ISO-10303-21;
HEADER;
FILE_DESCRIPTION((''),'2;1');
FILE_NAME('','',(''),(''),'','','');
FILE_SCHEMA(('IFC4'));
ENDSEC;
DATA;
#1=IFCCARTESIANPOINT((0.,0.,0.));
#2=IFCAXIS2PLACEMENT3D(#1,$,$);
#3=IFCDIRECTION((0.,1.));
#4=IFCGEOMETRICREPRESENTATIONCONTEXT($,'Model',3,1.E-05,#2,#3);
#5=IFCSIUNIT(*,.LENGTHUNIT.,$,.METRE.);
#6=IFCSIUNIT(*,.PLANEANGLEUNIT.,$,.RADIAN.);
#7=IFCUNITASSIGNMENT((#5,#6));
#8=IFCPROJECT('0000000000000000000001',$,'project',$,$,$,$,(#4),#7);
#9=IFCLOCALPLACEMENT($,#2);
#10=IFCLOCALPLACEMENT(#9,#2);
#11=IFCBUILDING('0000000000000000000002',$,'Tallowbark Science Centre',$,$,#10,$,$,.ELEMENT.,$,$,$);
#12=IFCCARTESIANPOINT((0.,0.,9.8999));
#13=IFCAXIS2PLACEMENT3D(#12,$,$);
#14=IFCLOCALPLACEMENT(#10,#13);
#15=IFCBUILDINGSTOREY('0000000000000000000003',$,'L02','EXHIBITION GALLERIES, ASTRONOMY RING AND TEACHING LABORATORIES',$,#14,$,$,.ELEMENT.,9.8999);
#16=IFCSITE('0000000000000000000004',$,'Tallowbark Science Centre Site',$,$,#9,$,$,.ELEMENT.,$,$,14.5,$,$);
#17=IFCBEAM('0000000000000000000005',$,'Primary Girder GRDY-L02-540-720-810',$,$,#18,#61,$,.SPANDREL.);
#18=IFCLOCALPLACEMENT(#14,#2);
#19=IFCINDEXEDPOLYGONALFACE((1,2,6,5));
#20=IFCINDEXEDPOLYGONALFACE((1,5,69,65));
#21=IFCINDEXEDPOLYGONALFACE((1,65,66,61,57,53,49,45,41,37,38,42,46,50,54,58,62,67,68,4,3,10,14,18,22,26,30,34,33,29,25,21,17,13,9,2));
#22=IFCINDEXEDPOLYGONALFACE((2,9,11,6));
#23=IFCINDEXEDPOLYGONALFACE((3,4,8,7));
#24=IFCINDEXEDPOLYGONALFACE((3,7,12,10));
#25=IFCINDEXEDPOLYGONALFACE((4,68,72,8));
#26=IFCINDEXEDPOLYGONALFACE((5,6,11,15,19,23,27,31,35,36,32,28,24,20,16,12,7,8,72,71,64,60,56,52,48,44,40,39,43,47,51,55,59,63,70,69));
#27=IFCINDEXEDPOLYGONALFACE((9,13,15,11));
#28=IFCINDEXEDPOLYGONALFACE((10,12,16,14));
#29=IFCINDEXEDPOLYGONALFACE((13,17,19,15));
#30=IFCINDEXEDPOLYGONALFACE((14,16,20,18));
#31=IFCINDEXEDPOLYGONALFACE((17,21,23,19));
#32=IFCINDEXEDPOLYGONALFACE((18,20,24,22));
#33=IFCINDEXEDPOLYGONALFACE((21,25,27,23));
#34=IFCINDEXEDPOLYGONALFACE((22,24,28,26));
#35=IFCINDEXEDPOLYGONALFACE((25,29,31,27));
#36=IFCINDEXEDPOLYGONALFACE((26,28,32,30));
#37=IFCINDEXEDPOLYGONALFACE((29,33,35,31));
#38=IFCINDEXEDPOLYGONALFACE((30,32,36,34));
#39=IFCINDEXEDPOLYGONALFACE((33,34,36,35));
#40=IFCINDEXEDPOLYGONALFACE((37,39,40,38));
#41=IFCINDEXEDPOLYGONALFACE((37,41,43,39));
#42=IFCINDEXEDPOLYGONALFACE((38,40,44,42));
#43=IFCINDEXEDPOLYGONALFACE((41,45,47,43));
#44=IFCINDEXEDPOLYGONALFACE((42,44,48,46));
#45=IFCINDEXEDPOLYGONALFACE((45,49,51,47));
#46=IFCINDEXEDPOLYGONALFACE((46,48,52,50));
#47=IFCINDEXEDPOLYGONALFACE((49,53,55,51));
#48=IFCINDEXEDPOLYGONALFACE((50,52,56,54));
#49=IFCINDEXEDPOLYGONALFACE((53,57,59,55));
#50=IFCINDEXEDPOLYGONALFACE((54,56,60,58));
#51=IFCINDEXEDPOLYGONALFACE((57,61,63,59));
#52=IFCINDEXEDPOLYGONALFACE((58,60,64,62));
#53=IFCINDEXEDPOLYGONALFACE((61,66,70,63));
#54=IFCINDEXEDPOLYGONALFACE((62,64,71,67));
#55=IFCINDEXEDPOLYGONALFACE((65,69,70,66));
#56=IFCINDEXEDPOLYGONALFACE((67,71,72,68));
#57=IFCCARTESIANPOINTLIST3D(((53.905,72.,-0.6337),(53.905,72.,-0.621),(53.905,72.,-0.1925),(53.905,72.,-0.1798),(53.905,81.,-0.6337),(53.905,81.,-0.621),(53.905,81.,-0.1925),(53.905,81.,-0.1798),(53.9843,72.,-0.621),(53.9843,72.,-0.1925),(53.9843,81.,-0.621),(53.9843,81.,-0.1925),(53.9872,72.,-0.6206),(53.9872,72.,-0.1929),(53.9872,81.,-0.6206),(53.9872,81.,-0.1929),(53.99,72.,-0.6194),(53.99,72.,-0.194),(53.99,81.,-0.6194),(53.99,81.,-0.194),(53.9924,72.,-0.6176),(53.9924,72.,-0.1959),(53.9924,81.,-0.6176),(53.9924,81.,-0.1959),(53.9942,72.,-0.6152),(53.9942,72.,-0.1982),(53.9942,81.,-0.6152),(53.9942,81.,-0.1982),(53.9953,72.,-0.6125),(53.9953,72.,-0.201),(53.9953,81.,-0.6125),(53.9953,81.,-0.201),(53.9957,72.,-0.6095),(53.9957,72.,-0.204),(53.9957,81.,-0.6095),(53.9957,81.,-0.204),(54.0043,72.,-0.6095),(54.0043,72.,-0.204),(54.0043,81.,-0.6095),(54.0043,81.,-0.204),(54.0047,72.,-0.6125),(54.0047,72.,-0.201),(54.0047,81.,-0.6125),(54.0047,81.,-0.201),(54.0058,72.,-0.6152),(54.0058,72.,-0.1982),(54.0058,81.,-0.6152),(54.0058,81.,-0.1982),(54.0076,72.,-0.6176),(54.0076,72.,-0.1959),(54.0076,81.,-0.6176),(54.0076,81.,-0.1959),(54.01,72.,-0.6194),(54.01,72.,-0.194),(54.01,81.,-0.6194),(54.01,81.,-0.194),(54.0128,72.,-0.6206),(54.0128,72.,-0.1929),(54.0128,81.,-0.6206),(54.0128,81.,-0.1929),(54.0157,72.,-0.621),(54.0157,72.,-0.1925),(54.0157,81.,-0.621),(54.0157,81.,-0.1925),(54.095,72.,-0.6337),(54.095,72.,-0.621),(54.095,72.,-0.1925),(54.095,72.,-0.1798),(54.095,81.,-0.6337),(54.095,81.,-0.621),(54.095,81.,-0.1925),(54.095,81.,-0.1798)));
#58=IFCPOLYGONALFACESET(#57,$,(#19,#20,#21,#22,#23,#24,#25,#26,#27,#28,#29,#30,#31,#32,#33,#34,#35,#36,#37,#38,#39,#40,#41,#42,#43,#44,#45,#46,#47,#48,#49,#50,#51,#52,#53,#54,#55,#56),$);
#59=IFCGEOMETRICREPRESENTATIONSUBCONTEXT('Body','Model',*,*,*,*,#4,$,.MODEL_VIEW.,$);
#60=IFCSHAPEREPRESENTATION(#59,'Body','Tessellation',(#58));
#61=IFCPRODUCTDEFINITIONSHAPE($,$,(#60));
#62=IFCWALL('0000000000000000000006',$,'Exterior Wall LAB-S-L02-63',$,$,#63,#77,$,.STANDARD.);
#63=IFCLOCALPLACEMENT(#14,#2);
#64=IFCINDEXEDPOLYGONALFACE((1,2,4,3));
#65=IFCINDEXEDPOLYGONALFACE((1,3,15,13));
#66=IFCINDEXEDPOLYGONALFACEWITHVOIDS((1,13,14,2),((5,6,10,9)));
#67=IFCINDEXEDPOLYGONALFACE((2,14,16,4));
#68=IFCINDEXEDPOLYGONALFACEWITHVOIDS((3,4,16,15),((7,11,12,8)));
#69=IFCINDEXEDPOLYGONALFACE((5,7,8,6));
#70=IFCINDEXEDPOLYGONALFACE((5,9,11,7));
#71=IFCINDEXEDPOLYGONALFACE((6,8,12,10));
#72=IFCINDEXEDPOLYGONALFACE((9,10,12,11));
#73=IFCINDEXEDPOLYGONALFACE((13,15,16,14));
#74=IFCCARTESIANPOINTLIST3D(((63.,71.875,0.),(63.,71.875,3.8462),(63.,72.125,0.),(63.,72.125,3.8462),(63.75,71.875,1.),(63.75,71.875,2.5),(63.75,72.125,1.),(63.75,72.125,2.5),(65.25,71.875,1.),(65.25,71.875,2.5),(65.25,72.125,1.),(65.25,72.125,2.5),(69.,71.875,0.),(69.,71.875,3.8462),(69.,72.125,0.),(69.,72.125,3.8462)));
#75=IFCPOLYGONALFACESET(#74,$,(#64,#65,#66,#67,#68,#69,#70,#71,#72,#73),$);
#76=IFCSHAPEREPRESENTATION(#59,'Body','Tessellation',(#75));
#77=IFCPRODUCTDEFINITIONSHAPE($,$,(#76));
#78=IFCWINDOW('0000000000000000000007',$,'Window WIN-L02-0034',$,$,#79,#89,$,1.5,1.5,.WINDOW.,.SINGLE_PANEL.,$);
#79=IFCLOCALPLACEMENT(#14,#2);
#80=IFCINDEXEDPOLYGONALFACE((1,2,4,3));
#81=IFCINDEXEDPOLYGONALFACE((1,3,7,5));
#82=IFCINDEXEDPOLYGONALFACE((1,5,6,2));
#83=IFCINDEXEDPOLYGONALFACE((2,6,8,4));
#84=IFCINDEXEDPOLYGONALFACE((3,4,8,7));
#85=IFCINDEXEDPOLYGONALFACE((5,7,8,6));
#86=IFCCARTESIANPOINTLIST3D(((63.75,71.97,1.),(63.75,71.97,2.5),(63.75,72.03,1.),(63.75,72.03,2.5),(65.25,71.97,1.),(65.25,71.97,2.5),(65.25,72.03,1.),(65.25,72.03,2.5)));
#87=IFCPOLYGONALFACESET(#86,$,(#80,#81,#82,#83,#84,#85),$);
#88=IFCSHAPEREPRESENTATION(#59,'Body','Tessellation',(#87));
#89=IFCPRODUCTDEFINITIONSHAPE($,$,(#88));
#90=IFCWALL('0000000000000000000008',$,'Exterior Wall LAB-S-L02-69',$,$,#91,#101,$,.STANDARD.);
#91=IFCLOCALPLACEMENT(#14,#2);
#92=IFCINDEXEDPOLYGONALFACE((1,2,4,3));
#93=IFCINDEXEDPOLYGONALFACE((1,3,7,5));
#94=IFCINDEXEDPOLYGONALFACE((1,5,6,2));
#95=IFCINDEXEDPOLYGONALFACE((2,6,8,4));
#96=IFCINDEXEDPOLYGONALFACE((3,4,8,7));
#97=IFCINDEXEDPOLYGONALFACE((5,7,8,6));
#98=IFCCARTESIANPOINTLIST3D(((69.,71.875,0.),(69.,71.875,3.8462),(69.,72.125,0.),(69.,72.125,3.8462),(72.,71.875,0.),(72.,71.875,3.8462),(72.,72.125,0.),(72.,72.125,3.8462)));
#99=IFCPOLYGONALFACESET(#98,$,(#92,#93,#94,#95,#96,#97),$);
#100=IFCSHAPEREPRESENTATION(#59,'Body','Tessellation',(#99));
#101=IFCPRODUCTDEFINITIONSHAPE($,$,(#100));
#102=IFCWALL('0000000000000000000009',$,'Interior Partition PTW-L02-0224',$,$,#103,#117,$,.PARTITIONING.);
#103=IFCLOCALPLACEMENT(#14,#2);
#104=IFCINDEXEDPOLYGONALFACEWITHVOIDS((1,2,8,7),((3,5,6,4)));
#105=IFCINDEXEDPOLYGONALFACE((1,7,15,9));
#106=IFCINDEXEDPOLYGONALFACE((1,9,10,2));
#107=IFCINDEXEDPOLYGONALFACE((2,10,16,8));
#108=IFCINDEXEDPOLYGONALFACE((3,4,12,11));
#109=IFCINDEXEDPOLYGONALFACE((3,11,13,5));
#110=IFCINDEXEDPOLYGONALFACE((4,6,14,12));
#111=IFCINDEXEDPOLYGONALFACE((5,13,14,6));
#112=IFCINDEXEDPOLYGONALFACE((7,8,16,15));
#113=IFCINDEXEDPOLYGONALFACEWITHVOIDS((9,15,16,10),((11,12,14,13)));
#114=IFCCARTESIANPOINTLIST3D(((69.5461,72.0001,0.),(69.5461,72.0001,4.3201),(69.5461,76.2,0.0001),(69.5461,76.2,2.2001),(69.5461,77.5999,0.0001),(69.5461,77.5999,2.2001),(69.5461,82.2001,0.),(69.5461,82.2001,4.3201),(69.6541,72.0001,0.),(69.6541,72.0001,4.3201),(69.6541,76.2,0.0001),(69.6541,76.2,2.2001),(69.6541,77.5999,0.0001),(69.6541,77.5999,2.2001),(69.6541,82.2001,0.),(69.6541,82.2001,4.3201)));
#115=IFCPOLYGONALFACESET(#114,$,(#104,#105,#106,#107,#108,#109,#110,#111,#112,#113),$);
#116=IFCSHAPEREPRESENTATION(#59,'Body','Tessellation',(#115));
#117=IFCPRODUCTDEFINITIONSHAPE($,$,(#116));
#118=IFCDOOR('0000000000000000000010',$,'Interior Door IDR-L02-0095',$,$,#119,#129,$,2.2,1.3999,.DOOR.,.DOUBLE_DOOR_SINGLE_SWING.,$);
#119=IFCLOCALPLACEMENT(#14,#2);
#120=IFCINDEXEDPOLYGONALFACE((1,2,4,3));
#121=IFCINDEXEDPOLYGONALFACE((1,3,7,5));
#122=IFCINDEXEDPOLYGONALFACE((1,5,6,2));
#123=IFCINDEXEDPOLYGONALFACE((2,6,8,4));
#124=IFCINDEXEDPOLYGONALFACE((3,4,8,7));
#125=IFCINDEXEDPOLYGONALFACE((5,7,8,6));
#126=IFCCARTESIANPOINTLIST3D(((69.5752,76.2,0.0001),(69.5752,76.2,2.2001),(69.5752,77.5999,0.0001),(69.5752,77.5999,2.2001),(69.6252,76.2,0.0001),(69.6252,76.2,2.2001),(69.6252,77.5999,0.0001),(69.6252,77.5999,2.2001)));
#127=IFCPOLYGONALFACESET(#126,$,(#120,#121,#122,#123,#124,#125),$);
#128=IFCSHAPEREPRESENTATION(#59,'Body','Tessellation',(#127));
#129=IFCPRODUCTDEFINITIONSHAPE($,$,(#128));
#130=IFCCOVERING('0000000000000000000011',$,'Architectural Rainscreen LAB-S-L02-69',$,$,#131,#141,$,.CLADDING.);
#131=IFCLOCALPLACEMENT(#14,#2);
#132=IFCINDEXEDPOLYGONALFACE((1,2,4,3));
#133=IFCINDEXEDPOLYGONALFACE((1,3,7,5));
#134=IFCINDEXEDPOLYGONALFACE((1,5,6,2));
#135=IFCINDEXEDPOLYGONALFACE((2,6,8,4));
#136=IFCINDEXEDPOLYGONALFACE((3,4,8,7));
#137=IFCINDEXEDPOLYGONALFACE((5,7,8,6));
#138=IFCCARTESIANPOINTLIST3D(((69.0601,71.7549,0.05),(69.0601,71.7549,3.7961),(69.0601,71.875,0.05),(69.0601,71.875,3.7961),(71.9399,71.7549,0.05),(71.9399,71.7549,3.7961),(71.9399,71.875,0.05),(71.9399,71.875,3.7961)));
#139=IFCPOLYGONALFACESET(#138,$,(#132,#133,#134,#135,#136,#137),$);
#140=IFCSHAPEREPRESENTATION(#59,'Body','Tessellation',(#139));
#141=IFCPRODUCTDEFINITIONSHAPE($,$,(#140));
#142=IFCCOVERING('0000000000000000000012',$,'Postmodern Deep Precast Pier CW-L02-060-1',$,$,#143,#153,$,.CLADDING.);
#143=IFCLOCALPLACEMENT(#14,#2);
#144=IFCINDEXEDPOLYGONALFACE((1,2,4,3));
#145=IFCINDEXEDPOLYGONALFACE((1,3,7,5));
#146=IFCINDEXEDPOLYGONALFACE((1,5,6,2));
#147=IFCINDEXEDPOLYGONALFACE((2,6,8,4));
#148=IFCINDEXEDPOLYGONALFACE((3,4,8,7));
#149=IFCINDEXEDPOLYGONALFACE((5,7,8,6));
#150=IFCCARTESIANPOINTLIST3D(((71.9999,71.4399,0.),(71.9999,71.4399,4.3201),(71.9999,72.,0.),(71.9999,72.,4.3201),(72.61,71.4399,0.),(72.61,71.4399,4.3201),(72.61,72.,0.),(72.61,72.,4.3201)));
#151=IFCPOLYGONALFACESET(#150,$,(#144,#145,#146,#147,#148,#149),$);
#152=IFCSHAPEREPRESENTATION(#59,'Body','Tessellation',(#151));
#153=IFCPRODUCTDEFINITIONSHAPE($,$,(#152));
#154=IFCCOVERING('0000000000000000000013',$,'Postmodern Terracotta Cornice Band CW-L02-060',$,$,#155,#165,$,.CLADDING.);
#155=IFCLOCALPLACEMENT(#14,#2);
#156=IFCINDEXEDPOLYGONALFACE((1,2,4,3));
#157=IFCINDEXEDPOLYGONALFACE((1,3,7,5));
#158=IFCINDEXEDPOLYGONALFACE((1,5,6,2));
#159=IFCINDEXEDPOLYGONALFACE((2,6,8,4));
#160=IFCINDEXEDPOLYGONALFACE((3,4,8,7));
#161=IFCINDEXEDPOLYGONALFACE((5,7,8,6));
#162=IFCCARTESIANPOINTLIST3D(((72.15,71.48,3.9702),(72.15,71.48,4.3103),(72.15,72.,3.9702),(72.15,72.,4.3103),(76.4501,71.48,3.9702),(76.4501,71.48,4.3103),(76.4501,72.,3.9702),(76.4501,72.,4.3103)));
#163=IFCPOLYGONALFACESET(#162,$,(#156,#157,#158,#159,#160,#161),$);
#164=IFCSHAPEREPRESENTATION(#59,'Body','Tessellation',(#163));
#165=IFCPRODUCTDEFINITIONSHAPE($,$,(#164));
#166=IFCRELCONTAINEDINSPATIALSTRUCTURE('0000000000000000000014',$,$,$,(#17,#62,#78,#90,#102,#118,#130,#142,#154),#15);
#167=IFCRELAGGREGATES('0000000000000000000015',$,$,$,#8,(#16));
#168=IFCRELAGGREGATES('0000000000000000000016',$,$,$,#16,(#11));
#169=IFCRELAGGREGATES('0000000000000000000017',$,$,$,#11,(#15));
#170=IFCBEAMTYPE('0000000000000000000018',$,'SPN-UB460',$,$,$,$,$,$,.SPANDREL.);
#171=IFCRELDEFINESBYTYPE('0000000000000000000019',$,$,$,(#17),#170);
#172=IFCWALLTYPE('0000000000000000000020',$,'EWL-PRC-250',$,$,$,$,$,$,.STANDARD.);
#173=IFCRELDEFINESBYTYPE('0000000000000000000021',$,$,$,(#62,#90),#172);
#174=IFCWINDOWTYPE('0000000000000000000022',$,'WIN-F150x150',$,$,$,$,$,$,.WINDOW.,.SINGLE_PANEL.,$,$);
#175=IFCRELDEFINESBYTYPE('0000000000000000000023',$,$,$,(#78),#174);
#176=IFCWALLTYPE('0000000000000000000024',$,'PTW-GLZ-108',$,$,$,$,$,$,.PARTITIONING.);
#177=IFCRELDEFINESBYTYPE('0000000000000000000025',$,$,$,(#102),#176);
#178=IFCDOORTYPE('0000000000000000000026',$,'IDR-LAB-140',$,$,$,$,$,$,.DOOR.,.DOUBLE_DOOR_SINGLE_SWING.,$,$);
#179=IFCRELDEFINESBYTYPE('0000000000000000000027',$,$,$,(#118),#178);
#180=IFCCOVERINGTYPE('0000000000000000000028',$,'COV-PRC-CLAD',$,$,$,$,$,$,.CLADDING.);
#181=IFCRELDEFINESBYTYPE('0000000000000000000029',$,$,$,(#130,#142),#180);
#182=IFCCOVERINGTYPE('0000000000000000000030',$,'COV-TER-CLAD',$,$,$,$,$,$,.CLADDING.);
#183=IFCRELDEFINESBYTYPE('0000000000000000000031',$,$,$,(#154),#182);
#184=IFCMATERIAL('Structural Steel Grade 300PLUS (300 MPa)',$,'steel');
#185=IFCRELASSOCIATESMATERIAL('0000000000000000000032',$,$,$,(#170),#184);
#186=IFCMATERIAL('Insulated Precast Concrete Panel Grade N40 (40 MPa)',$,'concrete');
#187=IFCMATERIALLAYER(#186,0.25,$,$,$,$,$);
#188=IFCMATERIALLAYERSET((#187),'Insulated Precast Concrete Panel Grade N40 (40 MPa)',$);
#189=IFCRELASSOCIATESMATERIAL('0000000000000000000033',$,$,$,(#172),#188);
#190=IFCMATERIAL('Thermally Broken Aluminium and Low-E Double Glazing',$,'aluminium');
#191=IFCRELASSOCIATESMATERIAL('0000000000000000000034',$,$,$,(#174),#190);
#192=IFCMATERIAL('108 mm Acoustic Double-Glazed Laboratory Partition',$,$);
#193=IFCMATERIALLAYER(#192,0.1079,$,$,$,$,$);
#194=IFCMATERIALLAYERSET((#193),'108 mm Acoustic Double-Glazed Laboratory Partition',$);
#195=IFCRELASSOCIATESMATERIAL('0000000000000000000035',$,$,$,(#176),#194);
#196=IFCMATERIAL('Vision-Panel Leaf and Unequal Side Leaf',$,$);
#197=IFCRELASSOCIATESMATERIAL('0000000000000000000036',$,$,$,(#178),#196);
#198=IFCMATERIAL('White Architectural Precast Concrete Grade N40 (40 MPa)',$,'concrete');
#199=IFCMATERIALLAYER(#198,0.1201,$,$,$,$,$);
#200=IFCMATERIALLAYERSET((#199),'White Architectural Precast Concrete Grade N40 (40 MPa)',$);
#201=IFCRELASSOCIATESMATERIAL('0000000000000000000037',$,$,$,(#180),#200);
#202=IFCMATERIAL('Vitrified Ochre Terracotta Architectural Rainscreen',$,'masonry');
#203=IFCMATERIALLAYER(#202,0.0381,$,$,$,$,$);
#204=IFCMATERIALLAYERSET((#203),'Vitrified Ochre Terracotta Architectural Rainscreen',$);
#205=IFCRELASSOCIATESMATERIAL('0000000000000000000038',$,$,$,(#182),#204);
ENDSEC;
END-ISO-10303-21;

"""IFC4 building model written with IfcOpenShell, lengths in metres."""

from ifc_helpers import new_model, si_unit, direction, frame, frame_2d, origin, origin_2d, place, context, subcontext, project, spatial, rectangle, i_section, extrude, material, layer, layer_set, material_profile, profile_set, type_object, element, fill, save


model = new_model("IFC4")

# Units and contexts
model_context = context("Model", 3, precision=1e-05, world=origin(), true_north=direction((0.0, 1.0)))
body_context = subcontext(model_context, "Body", "Model", "MODEL_VIEW")
ifc_project = project(units=[si_unit("LENGTHUNIT", "METRE"), si_unit("PLANEANGLEUNIT", "RADIAN")], contexts=[model_context])

# Site, building, storey
site_placement = place(None, origin())
site = spatial("IfcSite", under=ifc_project, at=site_placement, Name="Tallowbark Science Centre Site", CompositionType="ELEMENT", RefElevation=14.5)
building_placement = place(site_placement, origin())
building = spatial("IfcBuilding", under=site, at=building_placement, Name="Tallowbark Science Centre", CompositionType="ELEMENT")
storey_placement = place(building_placement, frame((0.0, 0.0, 9.8999)))
storey = spatial("IfcBuildingStorey", under=building, at=storey_placement, Name="L02", Description="EXHIBITION GALLERIES, ASTRONOMY RING AND TEACHING LABORATORIES", CompositionType="ELEMENT", Elevation=9.8999)

# Shared definitions
ifc_material_1 = material(Name="Structural Steel Grade 300PLUS (300 MPa)", Category="steel")

# Beam
ifc_material_profile_1 = material_profile(ifc_material_1, i_section(OverallWidth=0.1899, OverallDepth=0.4539, WebThickness=0.0085, FlangeThickness=0.0127, FilletRadius=0.0115, at=origin_2d()), Name="460UB67.1")
ifc_profile_set_1 = profile_set([ifc_material_profile_1], Name="Structural Steel Grade 300PLUS (300 MPa)")
beam_type_1 = type_object("IfcBeamType", Name="SPN-UB460", PredefinedType="SPANDREL", material=ifc_profile_set_1)
for number, where, z_axis, x_axis, name in (
    (1, (54.0, 72.0, -0.4067), (0.0, 1.0, 0.0), (-1.0, 0.0, 0.0), "Primary Girder GRDY-L02-540-720-810"),
):
    element("IfcBeam", number, at=place(storey_placement, frame(where, z_axis=z_axis, x_axis=x_axis)), inside=storey, type_object=beam_type_1, Name=name, PredefinedType="SPANDREL", context=body_context, shape_type="SweptSolid", body=[
        extrude(i_section(OverallWidth=0.1899, OverallDepth=0.4539, WebThickness=0.0085, FlangeThickness=0.0127, FilletRadius=0.0115, at=origin_2d()), origin(), (0.0, 0.0, 1.0), 9.0),
    ])

# Wall, opening, window
ifc_material_2 = material(Name="Insulated Precast Concrete Panel Grade N40 (40 MPa)", Category="concrete")
ifc_layer_1 = layer(ifc_material_2, 0.25)
ifc_layer_set_1 = layer_set([ifc_layer_1], Name="Insulated Precast Concrete Panel Grade N40 (40 MPa)")
wall_type_1 = type_object("IfcWallType", Name="EWL-PRC-250", PredefinedType="STANDARD", material=ifc_layer_set_1)
wall_1_placement = place(storey_placement, frame((63.0, 72.0, 0.0), z_axis=(0.0, 0.0, 1.0), x_axis=(1.0, 0.0, 0.0)))
wall_1 = element("IfcWall", 2, at=wall_1_placement, inside=storey, type_object=wall_type_1, Name="Exterior Wall LAB-S-L02-63", PredefinedType="STANDARD", context=body_context, shape_type="SweptSolid", body=[
    extrude(rectangle(XDim=6.0, YDim=0.25, at=frame_2d((3.0, 0.0))), origin(), (0.0, 0.0, 1.0), 3.8462),
])
opening_1_placement = place(wall_1_placement, frame((0.75, 0.0, 1.0)))
opening_1 = element("IfcOpeningElement", 3, at=opening_1_placement, cuts=wall_1, PredefinedType="OPENING", context=body_context, shape_type="SweptSolid", body=[
    extrude(rectangle(XDim=1.5, YDim=1.5, at=frame_2d((0.75, 0.75))), frame((0.0, 0.135, 0.0), z_axis=(0.0, -1.0, 0.0), x_axis=(1.0, 0.0, 0.0)), (0.0, 0.0, 1.0), 0.27),
])
ifc_material_3 = material(Name="Thermally Broken Aluminium and Low-E Double Glazing", Category="aluminium")
window_type = type_object("IfcWindowType", Name="WIN-F150x150", PartitioningType="SINGLE_PANEL", PredefinedType="WINDOW", material=ifc_material_3)
window_placement = place(opening_1_placement, origin())
window = element("IfcWindow", 4, at=window_placement, inside=storey, type_object=window_type, Name="Window WIN-L02-0034", OverallHeight=1.5, OverallWidth=1.5, PartitioningType="SINGLE_PANEL", PredefinedType="WINDOW", context=body_context, shape_type="SweptSolid", body=[
    extrude(rectangle(XDim=1.5, YDim=1.5, at=frame_2d((0.75, 0.75))), frame((0.0, 0.03, 0.0), z_axis=(0.0, -1.0, 0.0), x_axis=(1.0, 0.0, 0.0)), (0.0, 0.0, 1.0), 0.0601),
])
fill(opening_1, window)

# Wall
wall_2_placement = place(storey_placement, frame((69.0, 72.0, 0.0), z_axis=(0.0, 0.0, 1.0), x_axis=(1.0, 0.0, 0.0)))
element("IfcWall", 5, at=wall_2_placement, inside=storey, type_object=wall_type_1, Name="Exterior Wall LAB-S-L02-69", PredefinedType="STANDARD", context=body_context, shape_type="SweptSolid", body=[
    extrude(rectangle(XDim=3.0, YDim=0.25, at=frame_2d((1.5, 0.0))), origin(), (0.0, 0.0, 1.0), 3.8462),
])

# Wall, opening, door
ifc_material_4 = material(Name="108 mm Acoustic Double-Glazed Laboratory Partition")
ifc_layer_2 = layer(ifc_material_4, 0.1079)
ifc_layer_set_2 = layer_set([ifc_layer_2], Name="108 mm Acoustic Double-Glazed Laboratory Partition")
wall_type_2 = type_object("IfcWallType", Name="PTW-GLZ-108", PredefinedType="PARTITIONING", material=ifc_layer_set_2)
wall_3_placement = place(storey_placement, frame((69.6001, 72.0, 0.0), z_axis=(0.0, 0.0, 1.0), x_axis=(0.0, 1.0, 0.0)))
wall_3 = element("IfcWall", 6, at=wall_3_placement, inside=storey, type_object=wall_type_2, Name="Interior Partition PTW-L02-0224", PredefinedType="PARTITIONING", context=body_context, shape_type="SweptSolid", body=[
    extrude(rectangle(XDim=10.2, YDim=0.1079, at=frame_2d((5.1001, 0.0))), origin(), (0.0, 0.0, 1.0), 4.3201),
])
opening_2_placement = place(wall_3_placement, frame((4.2, 0.0, 0.0)))
opening_2 = element("IfcOpeningElement", 7, at=opening_2_placement, cuts=wall_3, PredefinedType="OPENING", context=body_context, shape_type="SweptSolid", body=[
    extrude(rectangle(XDim=1.3999, YDim=2.2, at=frame_2d((0.7, 1.1001))), frame((0.0, 0.064, 0.0), z_axis=(0.0, -1.0, 0.0), x_axis=(1.0, 0.0, 0.0)), (0.0, 0.0, 1.0), 0.1279),
])
ifc_material_5 = material(Name="Vision-Panel Leaf and Unequal Side Leaf")
door_type = type_object("IfcDoorType", Name="IDR-LAB-140", OperationType="DOUBLE_DOOR_SINGLE_SWING", PredefinedType="DOOR", material=ifc_material_5)
door_placement = place(opening_2_placement, origin())
door = element("IfcDoor", 8, at=door_placement, inside=storey, type_object=door_type, Name="Interior Door IDR-L02-0095", OperationType="DOUBLE_DOOR_SINGLE_SWING", OverallHeight=2.2, OverallWidth=1.3999, PredefinedType="DOOR", context=body_context, shape_type="SweptSolid", body=[
    extrude(rectangle(XDim=1.3999, YDim=2.2, at=frame_2d((0.7, 1.1001))), frame((0.0, 0.0249, 0.0), z_axis=(0.0, -1.0, 0.0), x_axis=(1.0, 0.0, 0.0)), (0.0, 0.0, 1.0), 0.05),
])
fill(opening_2, door)

# Coverings
ifc_material_6 = material(Name="White Architectural Precast Concrete Grade N40 (40 MPa)", Category="concrete")
ifc_layer_3 = layer(ifc_material_6, 0.1201)
ifc_layer_set_3 = layer_set([ifc_layer_3], Name="White Architectural Precast Concrete Grade N40 (40 MPa)")
covering_type_1 = type_object("IfcCoveringType", Name="COV-PRC-CLAD", PredefinedType="CLADDING", material=ifc_layer_set_3)
covering_1_placement = place(storey_placement, frame((70.5, 71.8149, 0.05), z_axis=(0.0, 0.0, 1.0), x_axis=(1.0, 0.0, 0.0)))
element("IfcCovering", 9, at=covering_1_placement, inside=storey, type_object=covering_type_1, Name="Architectural Rainscreen LAB-S-L02-69", PredefinedType="CLADDING", context=body_context, shape_type="SweptSolid", body=[
    extrude(rectangle(XDim=2.8799, YDim=0.1201, at=origin_2d()), origin(), (0.0, 0.0, 1.0), 3.7461),
])
covering_2_placement = place(storey_placement, frame((72.3049, 71.72, 0.0), z_axis=(0.0, 0.0, 1.0), x_axis=(1.0, 0.0, 0.0)))
element("IfcCovering", 10, at=covering_2_placement, inside=storey, type_object=covering_type_1, Name="Postmodern Deep Precast Pier CW-L02-060-1", PredefinedType="CLADDING", context=body_context, shape_type="SweptSolid", body=[
    extrude(rectangle(XDim=0.6101, YDim=0.5601, at=origin_2d()), origin(), (0.0, 0.0, 1.0), 4.3201),
])
ifc_material_7 = material(Name="Vitrified Ochre Terracotta Architectural Rainscreen", Category="masonry")
ifc_layer_4 = layer(ifc_material_7, 0.0381)
ifc_layer_set_4 = layer_set([ifc_layer_4], Name="Vitrified Ochre Terracotta Architectural Rainscreen")
covering_type_2 = type_object("IfcCoveringType", Name="COV-TER-CLAD", PredefinedType="CLADDING", material=ifc_layer_set_4)
covering_3_placement = place(storey_placement, frame((74.3, 71.74, 3.9702), z_axis=(0.0, 0.0, 1.0), x_axis=(1.0, 0.0, 0.0)))
element("IfcCovering", 11, at=covering_3_placement, inside=storey, type_object=covering_type_2, Name="Postmodern Terracotta Cornice Band CW-L02-060", PredefinedType="CLADDING", context=body_context, shape_type="SweptSolid", body=[
    extrude(rectangle(XDim=4.3, YDim=0.52, at=origin_2d()), origin(), (0.0, 0.0, 1.0), 0.3401),
])

save(model, "model.ifc")
